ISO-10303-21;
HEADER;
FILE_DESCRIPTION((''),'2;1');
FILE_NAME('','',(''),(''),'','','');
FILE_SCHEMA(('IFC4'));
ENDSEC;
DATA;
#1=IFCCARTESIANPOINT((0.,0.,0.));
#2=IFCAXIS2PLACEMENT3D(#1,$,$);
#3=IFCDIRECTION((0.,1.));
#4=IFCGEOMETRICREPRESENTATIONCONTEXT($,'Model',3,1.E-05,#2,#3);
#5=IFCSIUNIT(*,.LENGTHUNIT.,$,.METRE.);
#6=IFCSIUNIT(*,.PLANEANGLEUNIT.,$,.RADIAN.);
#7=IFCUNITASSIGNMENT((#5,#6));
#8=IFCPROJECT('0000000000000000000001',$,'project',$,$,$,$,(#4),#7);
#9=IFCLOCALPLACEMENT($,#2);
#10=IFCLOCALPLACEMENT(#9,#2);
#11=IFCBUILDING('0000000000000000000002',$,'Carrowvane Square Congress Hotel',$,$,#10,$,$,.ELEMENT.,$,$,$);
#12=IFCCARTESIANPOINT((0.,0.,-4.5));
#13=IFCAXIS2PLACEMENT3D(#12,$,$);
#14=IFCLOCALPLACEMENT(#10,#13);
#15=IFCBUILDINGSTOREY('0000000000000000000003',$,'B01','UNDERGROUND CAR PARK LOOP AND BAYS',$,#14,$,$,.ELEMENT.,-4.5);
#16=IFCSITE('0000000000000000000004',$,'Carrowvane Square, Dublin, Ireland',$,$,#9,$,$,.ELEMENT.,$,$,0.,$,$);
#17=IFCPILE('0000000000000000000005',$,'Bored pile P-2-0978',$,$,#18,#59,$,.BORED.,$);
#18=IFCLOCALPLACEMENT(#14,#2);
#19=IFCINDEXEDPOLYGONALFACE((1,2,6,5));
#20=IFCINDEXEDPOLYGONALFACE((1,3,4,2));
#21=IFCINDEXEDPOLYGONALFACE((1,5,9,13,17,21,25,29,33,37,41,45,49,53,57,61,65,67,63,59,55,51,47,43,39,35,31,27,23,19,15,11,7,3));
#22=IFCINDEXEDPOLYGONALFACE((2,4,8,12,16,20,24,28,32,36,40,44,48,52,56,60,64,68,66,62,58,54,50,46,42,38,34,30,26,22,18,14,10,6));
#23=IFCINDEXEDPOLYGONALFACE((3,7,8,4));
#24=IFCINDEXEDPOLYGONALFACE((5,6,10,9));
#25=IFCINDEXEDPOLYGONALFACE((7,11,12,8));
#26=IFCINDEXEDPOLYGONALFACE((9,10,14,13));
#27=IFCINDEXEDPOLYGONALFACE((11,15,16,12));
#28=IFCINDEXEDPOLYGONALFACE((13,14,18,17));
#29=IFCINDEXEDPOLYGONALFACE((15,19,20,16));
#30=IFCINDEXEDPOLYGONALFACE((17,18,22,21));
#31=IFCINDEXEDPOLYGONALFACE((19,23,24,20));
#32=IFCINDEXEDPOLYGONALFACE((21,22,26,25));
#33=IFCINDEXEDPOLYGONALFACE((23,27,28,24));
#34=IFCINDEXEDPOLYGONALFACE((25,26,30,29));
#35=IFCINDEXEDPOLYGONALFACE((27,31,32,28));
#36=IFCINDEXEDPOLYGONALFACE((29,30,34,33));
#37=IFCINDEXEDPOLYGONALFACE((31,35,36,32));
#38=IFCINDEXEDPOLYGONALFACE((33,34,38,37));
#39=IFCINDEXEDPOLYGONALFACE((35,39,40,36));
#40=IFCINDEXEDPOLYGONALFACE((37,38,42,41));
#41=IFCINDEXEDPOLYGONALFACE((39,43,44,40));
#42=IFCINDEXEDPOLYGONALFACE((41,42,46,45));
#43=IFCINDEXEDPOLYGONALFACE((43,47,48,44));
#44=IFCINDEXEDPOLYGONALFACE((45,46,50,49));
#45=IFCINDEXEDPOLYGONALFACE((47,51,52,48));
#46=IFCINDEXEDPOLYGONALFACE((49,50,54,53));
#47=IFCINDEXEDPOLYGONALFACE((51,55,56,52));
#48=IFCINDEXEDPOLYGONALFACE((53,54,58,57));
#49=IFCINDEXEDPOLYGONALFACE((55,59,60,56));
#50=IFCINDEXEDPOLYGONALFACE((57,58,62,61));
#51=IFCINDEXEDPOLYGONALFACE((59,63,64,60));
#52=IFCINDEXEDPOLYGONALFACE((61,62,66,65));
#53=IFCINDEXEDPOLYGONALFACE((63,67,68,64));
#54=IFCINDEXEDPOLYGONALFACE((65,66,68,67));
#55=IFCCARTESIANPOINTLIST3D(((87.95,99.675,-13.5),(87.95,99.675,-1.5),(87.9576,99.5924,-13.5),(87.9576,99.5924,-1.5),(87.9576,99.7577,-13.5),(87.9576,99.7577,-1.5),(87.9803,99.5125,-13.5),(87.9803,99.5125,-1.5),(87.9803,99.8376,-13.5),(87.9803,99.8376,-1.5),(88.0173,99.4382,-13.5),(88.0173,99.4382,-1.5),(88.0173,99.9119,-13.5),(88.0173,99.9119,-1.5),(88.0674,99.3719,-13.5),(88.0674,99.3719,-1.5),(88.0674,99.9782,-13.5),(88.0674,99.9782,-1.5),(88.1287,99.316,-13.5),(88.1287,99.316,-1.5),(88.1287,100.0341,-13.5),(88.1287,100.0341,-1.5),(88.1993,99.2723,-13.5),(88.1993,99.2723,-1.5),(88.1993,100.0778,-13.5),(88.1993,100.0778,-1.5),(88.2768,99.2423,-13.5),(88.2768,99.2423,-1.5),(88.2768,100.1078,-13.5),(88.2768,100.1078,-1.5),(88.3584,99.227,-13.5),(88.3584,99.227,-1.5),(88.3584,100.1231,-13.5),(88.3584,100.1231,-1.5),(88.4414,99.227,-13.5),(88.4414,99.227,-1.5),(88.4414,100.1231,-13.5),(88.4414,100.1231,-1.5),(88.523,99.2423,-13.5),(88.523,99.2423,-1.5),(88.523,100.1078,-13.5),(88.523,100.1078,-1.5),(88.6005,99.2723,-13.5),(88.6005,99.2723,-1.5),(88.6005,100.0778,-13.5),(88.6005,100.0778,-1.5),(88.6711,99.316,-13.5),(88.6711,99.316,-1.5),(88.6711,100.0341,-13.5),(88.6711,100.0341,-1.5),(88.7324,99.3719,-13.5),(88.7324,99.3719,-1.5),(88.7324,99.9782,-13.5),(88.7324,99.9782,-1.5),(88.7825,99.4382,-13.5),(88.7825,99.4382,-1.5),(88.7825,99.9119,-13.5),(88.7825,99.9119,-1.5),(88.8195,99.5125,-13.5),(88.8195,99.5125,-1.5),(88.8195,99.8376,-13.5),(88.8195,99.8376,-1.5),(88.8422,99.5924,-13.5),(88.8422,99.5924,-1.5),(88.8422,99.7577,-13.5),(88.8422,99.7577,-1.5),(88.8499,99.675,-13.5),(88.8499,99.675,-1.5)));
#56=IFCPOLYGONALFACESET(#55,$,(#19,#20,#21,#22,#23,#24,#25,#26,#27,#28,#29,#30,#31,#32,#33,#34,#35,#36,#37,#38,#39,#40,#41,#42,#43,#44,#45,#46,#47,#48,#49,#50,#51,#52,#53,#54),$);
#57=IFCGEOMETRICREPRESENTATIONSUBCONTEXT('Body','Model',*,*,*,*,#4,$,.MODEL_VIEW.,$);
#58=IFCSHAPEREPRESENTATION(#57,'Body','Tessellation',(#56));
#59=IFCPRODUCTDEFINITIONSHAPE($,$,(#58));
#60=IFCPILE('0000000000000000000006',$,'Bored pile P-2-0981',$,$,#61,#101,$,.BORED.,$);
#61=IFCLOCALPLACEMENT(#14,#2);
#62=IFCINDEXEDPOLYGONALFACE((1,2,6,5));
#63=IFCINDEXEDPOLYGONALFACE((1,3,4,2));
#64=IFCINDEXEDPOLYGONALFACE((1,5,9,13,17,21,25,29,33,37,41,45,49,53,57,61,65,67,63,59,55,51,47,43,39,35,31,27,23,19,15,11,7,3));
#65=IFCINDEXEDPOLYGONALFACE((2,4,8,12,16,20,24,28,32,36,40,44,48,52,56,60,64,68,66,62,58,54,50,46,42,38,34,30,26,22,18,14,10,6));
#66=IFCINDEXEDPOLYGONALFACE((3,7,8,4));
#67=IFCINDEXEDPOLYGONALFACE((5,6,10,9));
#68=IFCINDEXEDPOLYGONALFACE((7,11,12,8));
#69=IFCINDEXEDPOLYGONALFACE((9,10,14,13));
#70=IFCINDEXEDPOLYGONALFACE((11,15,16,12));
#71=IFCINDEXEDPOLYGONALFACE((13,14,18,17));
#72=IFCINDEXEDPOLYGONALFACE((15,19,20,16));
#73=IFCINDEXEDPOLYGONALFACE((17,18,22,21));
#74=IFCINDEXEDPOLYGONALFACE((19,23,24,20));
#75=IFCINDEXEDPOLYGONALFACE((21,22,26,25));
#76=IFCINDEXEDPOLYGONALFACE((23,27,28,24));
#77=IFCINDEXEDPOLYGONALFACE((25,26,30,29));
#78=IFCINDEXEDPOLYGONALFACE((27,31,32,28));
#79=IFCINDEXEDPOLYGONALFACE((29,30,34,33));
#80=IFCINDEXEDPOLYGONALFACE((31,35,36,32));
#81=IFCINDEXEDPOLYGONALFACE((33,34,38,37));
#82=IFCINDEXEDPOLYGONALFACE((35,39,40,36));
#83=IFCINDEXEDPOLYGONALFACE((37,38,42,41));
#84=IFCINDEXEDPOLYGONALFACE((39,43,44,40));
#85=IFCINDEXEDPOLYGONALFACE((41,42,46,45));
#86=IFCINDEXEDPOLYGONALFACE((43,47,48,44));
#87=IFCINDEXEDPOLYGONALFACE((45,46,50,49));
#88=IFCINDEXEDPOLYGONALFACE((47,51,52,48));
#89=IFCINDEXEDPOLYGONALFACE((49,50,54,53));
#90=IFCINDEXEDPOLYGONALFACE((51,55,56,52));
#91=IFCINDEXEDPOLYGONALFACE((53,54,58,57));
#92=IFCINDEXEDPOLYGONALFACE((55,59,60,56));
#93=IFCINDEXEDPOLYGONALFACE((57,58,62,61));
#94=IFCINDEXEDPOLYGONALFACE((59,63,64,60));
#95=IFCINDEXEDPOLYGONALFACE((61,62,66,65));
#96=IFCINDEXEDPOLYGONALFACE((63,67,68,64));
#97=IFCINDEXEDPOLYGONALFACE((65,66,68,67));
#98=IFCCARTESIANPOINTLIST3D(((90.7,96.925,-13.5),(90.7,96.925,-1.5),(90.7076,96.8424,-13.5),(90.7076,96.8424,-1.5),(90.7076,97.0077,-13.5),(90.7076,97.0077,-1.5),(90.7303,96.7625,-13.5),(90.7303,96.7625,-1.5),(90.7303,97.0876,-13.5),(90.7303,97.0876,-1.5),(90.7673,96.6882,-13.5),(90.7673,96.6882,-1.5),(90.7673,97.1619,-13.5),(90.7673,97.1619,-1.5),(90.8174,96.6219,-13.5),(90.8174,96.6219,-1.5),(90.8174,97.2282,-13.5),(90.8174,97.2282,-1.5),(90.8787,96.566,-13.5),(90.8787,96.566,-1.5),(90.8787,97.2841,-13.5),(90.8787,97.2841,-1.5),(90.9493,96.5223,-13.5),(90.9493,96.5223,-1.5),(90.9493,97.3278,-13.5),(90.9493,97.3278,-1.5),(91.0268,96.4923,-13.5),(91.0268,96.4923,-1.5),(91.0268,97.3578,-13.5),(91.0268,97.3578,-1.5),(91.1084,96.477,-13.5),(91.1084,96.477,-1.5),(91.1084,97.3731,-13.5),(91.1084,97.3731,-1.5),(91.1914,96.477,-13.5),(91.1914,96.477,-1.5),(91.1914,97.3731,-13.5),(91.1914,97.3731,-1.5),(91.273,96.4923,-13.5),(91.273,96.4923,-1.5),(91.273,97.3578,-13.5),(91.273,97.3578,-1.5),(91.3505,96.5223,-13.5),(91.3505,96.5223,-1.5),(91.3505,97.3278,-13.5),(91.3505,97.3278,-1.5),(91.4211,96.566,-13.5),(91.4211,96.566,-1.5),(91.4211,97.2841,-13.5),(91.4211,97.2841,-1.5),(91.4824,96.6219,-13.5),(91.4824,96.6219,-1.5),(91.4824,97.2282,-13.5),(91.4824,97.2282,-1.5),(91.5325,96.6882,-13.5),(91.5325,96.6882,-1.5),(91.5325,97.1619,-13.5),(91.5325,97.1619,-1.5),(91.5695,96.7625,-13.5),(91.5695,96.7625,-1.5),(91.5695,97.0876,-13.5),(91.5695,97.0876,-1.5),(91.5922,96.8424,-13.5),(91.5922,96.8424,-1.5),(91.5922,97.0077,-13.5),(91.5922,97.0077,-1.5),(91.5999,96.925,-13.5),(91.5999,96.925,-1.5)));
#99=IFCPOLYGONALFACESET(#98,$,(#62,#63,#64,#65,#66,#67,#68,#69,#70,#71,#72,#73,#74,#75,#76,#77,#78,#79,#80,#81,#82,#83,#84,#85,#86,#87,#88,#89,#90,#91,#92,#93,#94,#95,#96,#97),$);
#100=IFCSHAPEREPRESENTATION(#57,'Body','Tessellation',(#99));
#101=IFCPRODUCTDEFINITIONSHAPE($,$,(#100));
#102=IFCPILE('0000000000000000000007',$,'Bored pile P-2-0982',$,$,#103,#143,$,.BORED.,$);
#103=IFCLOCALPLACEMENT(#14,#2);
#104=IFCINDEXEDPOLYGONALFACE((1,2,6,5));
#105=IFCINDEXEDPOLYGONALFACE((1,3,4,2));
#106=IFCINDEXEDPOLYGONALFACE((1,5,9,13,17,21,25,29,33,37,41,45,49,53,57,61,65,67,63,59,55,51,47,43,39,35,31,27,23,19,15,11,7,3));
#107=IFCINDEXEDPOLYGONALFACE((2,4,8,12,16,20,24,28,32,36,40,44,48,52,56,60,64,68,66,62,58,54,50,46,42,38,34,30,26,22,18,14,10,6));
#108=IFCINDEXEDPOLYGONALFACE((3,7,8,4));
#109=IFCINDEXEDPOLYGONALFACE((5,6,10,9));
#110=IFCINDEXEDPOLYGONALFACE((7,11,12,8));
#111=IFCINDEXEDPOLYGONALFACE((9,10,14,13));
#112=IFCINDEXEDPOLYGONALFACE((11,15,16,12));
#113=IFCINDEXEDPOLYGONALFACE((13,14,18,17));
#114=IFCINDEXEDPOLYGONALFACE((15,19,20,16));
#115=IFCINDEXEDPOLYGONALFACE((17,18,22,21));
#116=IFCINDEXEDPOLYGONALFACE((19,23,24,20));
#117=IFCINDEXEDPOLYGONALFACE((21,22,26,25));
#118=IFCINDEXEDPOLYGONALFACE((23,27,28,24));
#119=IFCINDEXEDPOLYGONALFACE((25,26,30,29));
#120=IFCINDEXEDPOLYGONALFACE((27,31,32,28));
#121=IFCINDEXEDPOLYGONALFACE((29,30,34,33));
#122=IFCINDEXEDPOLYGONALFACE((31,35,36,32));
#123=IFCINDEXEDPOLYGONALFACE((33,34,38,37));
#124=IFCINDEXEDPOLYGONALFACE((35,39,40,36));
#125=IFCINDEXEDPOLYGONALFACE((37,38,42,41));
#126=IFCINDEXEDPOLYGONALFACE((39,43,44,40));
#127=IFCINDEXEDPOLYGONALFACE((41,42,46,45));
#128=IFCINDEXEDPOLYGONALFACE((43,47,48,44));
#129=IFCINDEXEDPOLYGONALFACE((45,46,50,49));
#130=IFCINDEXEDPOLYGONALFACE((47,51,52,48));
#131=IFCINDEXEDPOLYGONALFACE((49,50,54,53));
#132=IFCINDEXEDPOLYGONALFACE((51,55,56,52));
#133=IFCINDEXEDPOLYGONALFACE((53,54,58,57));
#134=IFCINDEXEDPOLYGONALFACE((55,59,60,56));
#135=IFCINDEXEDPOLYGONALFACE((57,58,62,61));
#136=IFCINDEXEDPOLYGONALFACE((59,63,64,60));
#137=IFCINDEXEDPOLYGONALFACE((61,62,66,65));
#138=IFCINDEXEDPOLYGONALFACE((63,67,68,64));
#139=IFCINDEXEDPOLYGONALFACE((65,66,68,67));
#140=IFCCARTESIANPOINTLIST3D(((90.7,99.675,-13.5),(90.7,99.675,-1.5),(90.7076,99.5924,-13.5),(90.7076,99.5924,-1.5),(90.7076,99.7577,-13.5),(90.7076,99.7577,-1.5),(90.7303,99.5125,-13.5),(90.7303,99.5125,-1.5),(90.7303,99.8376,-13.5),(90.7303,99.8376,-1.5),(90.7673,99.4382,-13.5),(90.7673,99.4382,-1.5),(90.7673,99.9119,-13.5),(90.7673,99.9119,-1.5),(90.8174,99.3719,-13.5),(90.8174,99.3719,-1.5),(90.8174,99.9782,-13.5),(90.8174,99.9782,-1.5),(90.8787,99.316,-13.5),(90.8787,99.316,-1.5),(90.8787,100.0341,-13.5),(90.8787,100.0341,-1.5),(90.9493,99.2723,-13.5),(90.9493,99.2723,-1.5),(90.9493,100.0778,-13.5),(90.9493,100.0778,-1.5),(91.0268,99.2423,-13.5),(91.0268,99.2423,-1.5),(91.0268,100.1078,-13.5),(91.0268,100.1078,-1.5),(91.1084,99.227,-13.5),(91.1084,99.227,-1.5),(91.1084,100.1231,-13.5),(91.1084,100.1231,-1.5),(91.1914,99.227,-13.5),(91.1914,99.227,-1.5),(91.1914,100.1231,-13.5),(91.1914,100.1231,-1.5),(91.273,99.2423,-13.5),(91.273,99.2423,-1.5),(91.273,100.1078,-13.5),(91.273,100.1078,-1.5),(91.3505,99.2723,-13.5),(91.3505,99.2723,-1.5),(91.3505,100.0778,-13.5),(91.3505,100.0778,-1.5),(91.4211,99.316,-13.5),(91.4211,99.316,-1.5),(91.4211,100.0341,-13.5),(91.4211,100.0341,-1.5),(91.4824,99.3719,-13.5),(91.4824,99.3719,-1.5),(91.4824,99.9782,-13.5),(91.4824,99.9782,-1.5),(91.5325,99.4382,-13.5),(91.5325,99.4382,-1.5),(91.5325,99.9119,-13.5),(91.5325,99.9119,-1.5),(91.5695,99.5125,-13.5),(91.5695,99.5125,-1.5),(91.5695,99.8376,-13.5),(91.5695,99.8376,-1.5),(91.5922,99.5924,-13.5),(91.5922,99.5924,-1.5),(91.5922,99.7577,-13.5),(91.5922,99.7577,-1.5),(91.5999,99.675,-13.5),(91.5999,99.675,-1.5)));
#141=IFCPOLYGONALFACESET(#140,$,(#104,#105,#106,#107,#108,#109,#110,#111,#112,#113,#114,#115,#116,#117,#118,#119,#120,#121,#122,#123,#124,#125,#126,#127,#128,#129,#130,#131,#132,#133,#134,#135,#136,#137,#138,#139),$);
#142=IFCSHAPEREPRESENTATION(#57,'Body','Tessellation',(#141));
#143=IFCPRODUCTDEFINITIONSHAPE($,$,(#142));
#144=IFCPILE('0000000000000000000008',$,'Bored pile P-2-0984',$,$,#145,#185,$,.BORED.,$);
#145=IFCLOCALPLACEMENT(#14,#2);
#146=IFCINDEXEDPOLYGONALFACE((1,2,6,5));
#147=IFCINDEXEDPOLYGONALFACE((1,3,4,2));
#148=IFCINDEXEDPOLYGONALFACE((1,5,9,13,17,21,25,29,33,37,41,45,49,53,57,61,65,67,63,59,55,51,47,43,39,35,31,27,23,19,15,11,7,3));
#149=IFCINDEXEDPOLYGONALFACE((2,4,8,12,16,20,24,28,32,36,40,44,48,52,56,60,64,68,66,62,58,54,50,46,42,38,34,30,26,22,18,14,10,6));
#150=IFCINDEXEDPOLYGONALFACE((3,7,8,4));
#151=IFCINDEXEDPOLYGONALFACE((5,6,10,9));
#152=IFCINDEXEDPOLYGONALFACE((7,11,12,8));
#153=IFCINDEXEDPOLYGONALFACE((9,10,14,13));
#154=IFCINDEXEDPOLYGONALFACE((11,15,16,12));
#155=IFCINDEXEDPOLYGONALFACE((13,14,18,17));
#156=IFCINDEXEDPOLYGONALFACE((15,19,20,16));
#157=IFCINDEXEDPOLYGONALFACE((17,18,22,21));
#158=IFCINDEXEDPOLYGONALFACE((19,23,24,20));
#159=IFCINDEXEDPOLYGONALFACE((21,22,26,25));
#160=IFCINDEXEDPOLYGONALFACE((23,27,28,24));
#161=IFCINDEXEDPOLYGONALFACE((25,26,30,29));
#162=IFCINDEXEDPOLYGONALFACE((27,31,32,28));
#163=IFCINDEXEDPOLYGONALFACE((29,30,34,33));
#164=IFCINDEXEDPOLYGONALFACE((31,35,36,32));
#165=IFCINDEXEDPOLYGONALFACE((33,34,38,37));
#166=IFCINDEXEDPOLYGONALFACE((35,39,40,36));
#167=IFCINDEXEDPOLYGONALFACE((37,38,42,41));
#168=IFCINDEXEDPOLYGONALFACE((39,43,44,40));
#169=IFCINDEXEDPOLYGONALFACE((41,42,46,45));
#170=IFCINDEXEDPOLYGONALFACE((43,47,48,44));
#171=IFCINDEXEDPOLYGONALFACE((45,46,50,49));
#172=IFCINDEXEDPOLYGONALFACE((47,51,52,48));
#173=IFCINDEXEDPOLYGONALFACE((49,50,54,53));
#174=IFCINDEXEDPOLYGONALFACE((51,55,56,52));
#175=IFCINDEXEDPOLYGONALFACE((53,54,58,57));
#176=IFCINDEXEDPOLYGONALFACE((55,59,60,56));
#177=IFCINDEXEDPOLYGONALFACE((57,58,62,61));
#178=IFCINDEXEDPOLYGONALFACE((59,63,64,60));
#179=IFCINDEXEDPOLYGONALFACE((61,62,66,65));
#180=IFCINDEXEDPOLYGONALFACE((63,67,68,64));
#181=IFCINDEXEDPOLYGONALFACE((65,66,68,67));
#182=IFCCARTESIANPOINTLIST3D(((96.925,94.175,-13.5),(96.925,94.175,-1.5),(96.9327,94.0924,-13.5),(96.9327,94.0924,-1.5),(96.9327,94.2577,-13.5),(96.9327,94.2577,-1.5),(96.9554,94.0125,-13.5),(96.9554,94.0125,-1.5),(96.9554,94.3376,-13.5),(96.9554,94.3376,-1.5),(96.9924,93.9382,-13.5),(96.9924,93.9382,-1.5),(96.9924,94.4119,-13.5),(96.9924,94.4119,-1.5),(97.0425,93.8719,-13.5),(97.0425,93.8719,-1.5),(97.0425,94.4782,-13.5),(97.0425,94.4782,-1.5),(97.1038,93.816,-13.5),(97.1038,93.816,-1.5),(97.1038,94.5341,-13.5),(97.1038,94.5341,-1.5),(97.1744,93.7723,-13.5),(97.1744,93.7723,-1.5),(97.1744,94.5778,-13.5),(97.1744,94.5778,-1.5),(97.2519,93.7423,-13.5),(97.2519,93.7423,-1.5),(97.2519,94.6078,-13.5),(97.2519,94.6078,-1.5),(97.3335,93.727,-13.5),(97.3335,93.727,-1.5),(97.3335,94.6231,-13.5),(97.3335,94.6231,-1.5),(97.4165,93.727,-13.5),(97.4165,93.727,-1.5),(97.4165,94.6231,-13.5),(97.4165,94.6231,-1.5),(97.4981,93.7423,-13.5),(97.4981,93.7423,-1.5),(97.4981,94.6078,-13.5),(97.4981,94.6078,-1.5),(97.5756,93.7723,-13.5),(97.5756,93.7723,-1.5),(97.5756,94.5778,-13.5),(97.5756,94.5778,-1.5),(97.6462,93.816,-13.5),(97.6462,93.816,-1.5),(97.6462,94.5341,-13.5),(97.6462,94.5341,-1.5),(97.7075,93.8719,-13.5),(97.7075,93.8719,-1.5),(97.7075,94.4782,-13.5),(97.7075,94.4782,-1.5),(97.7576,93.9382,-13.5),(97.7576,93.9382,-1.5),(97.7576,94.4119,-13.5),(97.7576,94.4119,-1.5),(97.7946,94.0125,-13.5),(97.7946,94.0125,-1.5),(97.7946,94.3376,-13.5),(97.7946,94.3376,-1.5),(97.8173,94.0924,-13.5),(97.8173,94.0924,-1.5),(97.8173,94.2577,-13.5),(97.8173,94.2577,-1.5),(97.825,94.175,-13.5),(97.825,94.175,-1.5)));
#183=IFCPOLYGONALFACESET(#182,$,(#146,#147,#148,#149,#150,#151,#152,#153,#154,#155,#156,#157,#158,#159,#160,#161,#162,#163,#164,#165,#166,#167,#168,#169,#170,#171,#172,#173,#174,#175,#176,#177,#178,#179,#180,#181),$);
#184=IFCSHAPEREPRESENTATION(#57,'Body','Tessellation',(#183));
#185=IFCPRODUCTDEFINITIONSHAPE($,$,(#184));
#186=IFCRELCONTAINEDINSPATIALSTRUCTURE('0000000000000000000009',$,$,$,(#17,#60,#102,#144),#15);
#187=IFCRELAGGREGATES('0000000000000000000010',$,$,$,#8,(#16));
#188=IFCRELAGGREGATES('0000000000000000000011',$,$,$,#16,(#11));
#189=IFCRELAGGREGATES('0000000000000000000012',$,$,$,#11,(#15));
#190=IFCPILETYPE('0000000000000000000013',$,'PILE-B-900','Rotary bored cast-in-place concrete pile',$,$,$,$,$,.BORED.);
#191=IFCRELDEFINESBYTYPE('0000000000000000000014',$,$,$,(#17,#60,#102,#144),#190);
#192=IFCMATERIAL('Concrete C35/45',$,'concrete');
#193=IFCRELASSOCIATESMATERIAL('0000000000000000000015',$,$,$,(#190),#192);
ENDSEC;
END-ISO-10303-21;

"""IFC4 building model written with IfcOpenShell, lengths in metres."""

from ifc_helpers import new_model, si_unit, direction, frame, origin, origin_2d, place, context, subcontext, project, spatial, circle, extrude, material, material_profile, profile_set, type_object, element, save


model = new_model("IFC4")

# Units and contexts
model_context = context("Model", 3, precision=1e-05, world=origin(), true_north=direction((0.0, 1.0)))
body_context = subcontext(model_context, "Body", "Model", "MODEL_VIEW")
ifc_project = project(units=[si_unit("LENGTHUNIT", "METRE"), si_unit("PLANEANGLEUNIT", "RADIAN")], contexts=[model_context])

# Site, building, storey
site_placement = place(None, origin())
site = spatial("IfcSite", under=ifc_project, at=site_placement, Name="Carrowvane Square, Dublin, Ireland", CompositionType="ELEMENT", RefElevation=0.0)
building_placement = place(site_placement, origin())
building = spatial("IfcBuilding", under=site, at=building_placement, Name="Carrowvane Square Congress Hotel", CompositionType="ELEMENT")
storey_placement = place(building_placement, frame((0.0, 0.0, -4.5)))
storey = spatial("IfcBuildingStorey", under=building, at=storey_placement, Name="B01", Description="UNDERGROUND CAR PARK LOOP AND BAYS", CompositionType="ELEMENT", Elevation=-4.5)

# Piles
ifc_material_1 = material(Name="Concrete C35/45", Category="concrete")
ifc_material_profile_1 = material_profile(ifc_material_1, circle(Radius=0.45, at=origin_2d()), Name="PILE D900")
ifc_profile_set_1 = profile_set([ifc_material_profile_1], Name="Concrete C35/45")
pile_type_1 = type_object("IfcPileType", Name="PILE-B-900", Description="Rotary bored cast-in-place concrete pile", PredefinedType="BORED", material=ifc_profile_set_1)
for number, where, z_axis, x_axis, name in (
    (1, (88.3999, 99.675, -1.5), (0.0, 0.0, -1.0), (1.0, 0.0, 0.0), "Bored pile P-2-0978"),
    (2, (91.1499, 96.925, -1.5), (0.0, 0.0, -1.0), (1.0, 0.0, 0.0), "Bored pile P-2-0981"),
    (3, (91.1499, 99.675, -1.5), (0.0, 0.0, -1.0), (1.0, 0.0, 0.0), "Bored pile P-2-0982"),
    (4, (97.375, 94.175, -1.5), (0.0, 0.0, -1.0), (1.0, 0.0, 0.0), "Bored pile P-2-0984"),
):
    element("IfcPile", number, at=place(storey_placement, frame(where, z_axis=z_axis, x_axis=x_axis)), inside=storey, type_object=pile_type_1, Name=name, PredefinedType="BORED", context=body_context, shape_type="SweptSolid", body=[
        extrude(circle(Radius=0.45, at=origin_2d()), origin(), (0.0, 0.0, 1.0), 12.0),
    ])

save(model, "model.ifc")
